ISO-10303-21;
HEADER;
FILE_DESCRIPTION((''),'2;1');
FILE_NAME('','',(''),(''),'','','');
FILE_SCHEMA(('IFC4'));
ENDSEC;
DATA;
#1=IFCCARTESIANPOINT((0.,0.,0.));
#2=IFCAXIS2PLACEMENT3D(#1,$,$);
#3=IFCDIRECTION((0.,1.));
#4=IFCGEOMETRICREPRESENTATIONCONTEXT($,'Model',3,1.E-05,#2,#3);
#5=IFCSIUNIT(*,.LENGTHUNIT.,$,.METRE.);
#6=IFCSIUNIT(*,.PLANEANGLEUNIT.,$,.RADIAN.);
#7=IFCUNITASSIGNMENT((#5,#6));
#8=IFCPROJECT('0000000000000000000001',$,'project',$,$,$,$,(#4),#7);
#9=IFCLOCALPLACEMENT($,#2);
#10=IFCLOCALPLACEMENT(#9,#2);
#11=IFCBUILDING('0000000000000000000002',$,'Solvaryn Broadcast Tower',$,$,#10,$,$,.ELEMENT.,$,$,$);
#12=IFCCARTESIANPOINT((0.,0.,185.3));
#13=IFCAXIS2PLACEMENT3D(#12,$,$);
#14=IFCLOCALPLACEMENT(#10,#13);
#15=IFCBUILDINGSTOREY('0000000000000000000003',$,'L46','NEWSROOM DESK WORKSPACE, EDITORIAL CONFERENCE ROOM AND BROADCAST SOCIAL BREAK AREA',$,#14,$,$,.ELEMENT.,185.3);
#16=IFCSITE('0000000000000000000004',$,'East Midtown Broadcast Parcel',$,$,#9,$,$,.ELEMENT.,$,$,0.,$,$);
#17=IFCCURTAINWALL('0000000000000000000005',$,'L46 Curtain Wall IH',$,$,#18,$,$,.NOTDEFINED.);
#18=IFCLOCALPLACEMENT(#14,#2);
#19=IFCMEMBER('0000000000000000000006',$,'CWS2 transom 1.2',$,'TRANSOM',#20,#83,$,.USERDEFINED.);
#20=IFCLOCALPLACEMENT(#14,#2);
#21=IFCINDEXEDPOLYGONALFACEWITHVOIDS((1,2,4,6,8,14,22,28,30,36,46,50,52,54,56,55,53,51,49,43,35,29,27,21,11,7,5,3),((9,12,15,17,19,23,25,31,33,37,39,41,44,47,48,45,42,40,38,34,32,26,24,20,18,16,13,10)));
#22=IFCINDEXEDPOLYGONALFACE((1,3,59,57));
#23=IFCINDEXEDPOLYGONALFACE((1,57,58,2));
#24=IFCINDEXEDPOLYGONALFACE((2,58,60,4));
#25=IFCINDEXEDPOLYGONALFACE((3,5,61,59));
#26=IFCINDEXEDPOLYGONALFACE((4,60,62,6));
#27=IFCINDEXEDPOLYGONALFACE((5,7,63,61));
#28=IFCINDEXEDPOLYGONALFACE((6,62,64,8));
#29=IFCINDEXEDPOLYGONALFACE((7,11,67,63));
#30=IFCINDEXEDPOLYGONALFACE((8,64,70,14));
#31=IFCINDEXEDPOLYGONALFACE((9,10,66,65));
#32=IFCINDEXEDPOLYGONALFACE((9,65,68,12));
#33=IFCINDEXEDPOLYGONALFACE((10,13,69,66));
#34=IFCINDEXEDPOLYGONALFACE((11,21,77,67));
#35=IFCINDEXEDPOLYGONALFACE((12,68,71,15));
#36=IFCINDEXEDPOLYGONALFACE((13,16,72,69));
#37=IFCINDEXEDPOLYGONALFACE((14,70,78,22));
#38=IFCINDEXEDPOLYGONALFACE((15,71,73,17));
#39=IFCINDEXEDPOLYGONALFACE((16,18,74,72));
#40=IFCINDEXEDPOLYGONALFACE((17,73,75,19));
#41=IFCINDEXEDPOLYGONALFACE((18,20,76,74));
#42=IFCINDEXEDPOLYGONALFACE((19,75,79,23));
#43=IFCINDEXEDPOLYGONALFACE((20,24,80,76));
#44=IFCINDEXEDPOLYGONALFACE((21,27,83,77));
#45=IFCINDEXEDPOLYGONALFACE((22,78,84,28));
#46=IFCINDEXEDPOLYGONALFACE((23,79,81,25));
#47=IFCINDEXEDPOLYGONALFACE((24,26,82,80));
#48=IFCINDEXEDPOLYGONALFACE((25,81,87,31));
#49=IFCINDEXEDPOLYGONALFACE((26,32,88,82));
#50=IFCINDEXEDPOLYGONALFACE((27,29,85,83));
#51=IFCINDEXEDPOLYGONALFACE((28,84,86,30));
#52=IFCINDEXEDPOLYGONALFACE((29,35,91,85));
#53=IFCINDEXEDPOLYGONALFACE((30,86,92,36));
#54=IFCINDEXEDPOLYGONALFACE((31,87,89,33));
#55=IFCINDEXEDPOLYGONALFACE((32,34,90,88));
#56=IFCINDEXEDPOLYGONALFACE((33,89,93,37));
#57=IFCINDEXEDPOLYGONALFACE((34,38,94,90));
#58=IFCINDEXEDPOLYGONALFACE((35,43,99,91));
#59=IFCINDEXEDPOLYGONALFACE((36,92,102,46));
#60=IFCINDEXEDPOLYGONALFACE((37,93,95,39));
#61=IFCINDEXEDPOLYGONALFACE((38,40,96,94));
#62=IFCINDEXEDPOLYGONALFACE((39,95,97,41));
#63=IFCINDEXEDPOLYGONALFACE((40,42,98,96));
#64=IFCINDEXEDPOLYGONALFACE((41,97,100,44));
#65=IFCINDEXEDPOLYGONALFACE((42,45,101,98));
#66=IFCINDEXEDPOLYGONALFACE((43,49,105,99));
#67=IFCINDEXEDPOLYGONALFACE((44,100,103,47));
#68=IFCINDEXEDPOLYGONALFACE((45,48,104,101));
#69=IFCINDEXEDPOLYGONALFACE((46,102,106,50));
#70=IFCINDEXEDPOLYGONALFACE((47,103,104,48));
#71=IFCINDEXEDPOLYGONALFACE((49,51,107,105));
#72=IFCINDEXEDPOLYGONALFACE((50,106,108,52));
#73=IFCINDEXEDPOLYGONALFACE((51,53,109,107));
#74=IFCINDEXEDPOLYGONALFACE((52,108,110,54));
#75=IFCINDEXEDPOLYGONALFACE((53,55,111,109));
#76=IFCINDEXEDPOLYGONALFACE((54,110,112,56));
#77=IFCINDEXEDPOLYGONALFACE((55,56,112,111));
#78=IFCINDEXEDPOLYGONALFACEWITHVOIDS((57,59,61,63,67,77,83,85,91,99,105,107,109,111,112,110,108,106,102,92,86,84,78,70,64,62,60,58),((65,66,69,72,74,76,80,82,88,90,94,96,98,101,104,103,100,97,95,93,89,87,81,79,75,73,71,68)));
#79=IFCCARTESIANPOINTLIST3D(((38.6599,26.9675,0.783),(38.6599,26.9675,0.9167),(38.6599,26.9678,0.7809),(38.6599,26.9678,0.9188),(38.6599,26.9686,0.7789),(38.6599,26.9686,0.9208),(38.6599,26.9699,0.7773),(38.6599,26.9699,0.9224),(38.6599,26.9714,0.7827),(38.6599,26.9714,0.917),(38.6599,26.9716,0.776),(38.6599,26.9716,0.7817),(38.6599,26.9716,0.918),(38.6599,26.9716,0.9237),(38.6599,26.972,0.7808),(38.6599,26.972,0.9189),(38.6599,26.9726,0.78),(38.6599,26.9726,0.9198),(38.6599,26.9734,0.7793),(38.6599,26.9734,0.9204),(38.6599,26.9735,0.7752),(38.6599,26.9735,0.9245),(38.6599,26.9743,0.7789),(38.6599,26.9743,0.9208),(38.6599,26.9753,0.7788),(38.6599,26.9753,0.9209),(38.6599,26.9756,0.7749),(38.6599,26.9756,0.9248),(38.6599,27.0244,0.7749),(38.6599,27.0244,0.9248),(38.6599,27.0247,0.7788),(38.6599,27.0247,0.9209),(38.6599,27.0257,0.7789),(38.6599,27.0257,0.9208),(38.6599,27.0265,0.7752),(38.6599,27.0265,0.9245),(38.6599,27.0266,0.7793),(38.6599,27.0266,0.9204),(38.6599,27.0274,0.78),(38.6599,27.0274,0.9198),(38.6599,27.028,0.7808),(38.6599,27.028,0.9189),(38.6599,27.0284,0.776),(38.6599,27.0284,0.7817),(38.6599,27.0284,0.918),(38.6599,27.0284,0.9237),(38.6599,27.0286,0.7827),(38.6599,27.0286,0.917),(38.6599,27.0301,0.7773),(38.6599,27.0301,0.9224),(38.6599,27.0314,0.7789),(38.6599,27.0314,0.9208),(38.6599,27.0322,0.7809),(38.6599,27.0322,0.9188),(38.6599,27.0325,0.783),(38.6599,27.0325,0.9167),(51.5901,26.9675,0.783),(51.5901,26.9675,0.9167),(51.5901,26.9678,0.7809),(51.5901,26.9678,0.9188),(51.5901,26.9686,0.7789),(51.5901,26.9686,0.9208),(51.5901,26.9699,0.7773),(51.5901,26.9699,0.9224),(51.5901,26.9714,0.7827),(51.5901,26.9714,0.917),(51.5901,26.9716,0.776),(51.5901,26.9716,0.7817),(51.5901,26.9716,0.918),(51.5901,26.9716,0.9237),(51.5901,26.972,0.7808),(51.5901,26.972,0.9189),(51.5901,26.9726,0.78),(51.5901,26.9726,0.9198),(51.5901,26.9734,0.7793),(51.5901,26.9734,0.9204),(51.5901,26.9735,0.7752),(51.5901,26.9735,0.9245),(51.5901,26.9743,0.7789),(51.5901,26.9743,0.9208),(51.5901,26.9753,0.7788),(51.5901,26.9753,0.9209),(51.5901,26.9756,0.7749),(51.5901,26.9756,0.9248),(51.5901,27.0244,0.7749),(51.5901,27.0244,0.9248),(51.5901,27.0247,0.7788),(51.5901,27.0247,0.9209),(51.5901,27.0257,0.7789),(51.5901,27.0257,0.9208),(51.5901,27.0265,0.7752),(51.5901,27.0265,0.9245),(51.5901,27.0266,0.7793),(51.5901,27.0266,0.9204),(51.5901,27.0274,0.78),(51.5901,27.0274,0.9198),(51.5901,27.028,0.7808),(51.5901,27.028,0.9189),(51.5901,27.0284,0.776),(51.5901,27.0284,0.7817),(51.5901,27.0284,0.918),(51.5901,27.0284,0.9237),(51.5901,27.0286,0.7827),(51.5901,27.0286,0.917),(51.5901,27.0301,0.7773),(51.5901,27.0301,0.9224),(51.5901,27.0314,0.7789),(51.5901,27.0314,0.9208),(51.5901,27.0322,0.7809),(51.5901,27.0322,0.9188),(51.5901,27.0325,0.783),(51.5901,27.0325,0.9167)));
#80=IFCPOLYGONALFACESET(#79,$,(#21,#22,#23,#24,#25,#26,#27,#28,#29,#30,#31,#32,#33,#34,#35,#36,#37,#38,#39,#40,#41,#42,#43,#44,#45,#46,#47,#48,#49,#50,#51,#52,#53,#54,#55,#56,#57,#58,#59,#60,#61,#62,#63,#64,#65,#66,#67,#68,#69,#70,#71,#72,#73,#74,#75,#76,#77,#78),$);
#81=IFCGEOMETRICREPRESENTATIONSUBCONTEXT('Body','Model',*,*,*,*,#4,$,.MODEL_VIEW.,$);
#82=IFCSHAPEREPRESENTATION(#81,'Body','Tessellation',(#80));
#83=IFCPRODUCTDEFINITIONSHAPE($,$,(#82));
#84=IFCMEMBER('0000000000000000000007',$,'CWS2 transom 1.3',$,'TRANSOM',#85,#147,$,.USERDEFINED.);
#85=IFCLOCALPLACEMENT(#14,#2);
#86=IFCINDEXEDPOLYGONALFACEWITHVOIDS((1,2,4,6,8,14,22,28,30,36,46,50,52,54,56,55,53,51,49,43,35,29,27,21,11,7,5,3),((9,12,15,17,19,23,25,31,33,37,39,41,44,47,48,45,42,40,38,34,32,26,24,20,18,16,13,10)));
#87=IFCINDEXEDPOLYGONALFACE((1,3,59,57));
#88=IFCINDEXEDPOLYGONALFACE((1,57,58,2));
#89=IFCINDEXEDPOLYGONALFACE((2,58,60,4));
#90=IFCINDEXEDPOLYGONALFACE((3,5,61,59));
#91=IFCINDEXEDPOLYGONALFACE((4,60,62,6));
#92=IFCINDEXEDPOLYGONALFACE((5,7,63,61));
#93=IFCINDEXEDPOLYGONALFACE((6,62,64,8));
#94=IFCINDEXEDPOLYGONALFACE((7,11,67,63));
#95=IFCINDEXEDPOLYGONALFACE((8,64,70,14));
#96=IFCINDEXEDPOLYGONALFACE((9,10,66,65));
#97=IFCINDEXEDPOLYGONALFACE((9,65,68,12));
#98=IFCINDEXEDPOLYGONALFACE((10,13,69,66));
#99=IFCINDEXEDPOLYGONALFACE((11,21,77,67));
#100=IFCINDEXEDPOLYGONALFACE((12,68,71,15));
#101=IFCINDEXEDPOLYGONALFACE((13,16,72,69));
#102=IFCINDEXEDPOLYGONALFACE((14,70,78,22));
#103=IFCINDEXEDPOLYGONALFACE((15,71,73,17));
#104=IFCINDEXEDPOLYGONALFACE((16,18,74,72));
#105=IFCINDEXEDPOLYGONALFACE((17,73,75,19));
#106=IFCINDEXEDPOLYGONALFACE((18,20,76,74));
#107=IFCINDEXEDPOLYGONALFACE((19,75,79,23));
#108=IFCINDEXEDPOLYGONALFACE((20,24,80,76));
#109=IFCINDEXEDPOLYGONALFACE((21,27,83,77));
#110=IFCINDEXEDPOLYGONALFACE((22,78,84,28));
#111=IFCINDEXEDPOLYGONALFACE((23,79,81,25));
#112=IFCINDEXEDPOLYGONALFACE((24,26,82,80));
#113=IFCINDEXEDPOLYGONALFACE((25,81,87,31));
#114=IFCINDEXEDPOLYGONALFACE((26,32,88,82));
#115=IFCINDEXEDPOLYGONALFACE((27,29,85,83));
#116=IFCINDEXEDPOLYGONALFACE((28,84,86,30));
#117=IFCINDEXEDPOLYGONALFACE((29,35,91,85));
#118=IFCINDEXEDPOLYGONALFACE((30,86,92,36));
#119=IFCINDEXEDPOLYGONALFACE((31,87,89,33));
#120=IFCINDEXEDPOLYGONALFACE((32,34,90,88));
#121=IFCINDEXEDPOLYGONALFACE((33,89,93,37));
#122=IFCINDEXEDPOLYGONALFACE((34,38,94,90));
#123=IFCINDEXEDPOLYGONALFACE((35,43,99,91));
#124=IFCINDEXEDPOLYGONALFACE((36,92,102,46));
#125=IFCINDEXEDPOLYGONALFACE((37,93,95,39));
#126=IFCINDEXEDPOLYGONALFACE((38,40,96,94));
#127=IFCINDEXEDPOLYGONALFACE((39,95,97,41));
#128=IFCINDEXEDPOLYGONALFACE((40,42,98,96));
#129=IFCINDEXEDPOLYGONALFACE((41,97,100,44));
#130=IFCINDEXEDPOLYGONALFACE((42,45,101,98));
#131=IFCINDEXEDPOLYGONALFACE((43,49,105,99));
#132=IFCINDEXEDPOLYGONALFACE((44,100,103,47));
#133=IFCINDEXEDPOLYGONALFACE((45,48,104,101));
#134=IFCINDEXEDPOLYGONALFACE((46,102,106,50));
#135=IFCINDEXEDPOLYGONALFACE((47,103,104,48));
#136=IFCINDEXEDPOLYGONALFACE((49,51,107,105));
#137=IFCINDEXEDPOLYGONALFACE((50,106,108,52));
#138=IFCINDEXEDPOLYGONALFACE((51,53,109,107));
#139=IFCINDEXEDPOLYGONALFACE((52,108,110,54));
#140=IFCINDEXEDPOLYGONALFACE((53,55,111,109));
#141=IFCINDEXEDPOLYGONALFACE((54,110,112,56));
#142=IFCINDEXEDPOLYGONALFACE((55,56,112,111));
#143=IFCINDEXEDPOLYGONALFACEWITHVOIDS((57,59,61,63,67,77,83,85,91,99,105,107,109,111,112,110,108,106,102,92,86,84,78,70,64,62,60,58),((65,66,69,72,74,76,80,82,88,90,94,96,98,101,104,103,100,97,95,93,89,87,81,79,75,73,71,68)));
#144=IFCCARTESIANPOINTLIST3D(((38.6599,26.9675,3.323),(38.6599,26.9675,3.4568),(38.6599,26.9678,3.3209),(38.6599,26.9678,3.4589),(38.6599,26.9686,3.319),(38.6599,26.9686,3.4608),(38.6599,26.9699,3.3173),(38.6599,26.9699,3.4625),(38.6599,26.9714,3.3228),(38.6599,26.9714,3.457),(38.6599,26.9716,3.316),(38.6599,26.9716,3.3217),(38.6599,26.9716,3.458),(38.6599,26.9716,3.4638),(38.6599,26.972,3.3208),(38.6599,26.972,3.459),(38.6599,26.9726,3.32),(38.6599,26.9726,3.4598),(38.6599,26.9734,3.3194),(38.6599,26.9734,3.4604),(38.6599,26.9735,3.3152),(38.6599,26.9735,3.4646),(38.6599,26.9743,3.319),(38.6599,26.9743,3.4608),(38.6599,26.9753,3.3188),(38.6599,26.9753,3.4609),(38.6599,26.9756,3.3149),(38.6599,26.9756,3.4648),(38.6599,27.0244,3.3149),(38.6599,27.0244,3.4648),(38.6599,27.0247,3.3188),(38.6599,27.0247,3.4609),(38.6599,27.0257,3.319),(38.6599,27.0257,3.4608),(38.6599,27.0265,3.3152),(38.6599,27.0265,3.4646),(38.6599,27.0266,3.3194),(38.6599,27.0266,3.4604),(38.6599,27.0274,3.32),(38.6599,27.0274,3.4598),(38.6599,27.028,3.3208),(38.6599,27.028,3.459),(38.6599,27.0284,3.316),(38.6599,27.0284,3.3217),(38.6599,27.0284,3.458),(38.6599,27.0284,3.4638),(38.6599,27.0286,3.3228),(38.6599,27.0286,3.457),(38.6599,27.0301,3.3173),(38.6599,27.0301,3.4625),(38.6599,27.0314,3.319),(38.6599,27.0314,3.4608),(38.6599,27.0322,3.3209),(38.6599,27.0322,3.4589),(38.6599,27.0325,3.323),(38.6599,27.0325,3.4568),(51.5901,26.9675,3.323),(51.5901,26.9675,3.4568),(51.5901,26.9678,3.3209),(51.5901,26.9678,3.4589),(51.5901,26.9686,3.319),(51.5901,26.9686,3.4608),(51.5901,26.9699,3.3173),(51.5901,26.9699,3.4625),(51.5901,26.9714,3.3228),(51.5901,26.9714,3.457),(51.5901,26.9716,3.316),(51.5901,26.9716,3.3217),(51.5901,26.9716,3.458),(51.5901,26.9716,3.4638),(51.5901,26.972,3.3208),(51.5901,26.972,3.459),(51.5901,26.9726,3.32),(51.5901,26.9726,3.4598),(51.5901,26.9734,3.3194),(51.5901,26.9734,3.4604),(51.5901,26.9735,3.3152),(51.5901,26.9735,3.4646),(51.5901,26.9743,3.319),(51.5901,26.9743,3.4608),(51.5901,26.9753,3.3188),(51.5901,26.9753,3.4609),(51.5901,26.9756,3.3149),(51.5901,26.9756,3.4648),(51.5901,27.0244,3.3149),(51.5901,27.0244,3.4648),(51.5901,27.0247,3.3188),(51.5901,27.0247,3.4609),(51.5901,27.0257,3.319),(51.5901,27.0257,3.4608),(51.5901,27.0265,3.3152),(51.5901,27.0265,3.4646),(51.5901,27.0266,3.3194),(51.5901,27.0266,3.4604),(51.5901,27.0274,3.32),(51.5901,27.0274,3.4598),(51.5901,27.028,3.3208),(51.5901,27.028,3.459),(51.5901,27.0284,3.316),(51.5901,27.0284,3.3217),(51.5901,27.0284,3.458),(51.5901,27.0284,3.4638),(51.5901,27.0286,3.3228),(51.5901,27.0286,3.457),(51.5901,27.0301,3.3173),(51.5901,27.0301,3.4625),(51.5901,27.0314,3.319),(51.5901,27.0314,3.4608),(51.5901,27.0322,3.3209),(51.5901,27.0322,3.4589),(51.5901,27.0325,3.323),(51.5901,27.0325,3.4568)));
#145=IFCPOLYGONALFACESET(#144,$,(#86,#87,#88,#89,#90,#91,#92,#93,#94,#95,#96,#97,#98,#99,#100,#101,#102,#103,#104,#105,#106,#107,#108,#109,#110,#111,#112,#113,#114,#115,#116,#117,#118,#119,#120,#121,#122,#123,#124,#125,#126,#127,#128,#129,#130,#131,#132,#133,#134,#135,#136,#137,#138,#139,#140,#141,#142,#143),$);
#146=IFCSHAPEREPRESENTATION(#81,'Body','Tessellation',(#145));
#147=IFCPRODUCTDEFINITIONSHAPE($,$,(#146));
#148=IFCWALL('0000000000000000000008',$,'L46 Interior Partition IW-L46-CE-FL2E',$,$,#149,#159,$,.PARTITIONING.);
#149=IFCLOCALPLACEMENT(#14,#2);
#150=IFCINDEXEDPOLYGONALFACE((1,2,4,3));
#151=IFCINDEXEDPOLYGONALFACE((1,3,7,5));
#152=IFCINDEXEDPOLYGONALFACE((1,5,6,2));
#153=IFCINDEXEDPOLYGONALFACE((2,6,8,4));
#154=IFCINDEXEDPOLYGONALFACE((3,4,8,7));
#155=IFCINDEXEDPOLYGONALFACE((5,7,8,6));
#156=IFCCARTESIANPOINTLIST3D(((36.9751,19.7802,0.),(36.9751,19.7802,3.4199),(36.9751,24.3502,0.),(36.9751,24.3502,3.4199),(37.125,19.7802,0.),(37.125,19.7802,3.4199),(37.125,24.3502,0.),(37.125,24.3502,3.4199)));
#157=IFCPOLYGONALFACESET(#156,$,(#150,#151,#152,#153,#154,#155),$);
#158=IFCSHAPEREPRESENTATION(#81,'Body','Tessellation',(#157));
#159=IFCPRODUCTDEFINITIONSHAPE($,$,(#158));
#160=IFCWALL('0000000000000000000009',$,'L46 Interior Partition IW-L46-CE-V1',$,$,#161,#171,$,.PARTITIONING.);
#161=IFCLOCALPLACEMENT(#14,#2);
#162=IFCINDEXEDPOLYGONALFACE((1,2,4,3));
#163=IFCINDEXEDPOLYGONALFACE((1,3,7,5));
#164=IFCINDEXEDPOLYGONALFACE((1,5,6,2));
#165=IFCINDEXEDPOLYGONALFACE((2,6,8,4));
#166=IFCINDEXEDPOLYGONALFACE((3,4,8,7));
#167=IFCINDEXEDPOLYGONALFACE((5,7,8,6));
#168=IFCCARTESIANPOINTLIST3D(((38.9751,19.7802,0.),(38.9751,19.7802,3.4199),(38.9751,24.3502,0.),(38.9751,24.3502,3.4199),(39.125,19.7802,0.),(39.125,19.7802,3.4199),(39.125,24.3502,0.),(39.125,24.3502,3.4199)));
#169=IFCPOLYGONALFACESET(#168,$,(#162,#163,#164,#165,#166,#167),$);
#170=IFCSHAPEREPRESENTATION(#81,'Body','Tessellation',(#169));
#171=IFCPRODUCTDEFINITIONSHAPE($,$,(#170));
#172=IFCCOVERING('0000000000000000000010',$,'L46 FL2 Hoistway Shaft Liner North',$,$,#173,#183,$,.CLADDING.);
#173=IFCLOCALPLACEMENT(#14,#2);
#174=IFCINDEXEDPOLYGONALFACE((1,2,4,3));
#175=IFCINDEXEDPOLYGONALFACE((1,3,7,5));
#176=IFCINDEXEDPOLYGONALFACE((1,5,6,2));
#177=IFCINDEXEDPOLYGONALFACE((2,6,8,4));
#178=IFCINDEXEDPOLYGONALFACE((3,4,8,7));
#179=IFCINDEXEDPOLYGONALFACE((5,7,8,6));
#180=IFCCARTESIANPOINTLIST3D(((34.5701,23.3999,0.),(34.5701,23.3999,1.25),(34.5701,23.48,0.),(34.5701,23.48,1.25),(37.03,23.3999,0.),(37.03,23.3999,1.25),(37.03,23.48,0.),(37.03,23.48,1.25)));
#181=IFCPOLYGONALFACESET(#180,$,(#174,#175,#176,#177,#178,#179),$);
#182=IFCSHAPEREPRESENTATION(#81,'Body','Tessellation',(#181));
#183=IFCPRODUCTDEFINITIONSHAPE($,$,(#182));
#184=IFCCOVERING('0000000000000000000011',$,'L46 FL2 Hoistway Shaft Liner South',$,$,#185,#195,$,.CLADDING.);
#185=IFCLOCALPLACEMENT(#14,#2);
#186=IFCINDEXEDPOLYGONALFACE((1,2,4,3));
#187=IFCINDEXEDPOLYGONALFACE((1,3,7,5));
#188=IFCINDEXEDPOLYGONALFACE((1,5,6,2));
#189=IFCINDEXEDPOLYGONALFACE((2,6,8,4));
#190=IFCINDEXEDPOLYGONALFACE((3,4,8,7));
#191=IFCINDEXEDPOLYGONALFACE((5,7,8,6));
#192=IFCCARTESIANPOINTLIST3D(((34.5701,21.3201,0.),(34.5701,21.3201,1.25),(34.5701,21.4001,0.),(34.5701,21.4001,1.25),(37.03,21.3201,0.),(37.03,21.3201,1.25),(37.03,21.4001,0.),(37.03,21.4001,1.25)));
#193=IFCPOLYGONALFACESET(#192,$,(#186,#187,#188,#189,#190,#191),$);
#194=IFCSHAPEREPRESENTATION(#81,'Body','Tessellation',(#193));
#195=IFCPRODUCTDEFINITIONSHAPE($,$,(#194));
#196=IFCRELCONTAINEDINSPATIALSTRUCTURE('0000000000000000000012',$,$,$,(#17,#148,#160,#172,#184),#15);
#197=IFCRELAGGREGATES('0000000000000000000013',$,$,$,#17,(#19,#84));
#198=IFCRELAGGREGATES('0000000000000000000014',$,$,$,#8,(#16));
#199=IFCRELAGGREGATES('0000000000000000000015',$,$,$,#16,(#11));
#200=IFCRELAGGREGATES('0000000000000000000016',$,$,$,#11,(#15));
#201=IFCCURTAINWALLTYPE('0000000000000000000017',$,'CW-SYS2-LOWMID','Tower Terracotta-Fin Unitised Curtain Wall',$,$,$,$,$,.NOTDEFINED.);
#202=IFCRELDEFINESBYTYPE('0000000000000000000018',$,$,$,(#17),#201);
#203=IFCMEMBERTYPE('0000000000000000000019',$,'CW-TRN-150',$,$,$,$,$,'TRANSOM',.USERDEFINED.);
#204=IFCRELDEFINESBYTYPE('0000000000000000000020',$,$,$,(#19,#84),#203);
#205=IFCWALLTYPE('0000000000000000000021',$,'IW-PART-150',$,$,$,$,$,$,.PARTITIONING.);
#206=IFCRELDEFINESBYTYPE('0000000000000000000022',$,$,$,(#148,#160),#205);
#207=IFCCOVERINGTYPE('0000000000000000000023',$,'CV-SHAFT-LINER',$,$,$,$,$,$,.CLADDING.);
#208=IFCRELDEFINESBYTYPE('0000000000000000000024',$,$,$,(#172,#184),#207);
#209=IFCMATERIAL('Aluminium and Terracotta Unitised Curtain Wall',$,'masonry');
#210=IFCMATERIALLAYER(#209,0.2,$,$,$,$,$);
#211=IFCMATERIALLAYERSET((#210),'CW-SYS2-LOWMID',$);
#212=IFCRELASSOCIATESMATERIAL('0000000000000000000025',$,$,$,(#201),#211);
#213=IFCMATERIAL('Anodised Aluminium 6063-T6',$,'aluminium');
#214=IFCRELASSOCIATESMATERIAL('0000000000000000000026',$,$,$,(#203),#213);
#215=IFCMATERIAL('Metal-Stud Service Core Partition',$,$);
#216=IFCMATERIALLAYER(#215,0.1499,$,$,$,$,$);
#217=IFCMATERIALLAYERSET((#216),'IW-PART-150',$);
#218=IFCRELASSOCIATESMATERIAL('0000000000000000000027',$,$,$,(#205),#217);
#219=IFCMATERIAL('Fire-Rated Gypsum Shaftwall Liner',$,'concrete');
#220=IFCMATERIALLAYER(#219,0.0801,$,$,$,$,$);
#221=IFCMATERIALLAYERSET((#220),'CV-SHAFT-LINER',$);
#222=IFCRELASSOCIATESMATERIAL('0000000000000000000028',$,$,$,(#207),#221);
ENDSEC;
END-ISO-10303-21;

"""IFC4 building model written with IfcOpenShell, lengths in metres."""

from ifc_helpers import new_model, si_unit, direction, frame, frame_2d, origin, origin_2d, place, context, subcontext, project, spatial, rectangle, hollow_rectangle, extrude, material, layer, layer_set, material_profile, profile_set, type_object, element, aggregate, save


model = new_model("IFC4")

# Units and contexts
model_context = context("Model", 3, precision=1e-05, world=origin(), true_north=direction((0.0, 1.0)))
body_context = subcontext(model_context, "Body", "Model", "MODEL_VIEW")
ifc_project = project(units=[si_unit("LENGTHUNIT", "METRE"), si_unit("PLANEANGLEUNIT", "RADIAN")], contexts=[model_context])

# Site, building, storey
site_placement = place(None, origin())
site = spatial("IfcSite", under=ifc_project, at=site_placement, Name="East Midtown Broadcast Parcel", CompositionType="ELEMENT", RefElevation=0.0)
building_placement = place(site_placement, origin())
building = spatial("IfcBuilding", under=site, at=building_placement, Name="Solvaryn Broadcast Tower", CompositionType="ELEMENT")
storey_placement = place(building_placement, frame((0.0, 0.0, 185.3)))
storey = spatial("IfcBuildingStorey", under=building, at=storey_placement, Name="L46", Description="NEWSROOM DESK WORKSPACE, EDITORIAL CONFERENCE ROOM AND BROADCAST SOCIAL BREAK AREA", CompositionType="ELEMENT", Elevation=185.3)

# Curtain wall
ifc_material_1 = material(Name="Aluminium and Terracotta Unitised Curtain Wall", Category="masonry")
ifc_layer_1 = layer(ifc_material_1, 0.2)
ifc_layer_set_1 = layer_set([ifc_layer_1], Name="CW-SYS2-LOWMID")
curtain_wall_type = type_object("IfcCurtainWallType", Name="CW-SYS2-LOWMID", Description="Tower Terracotta-Fin Unitised Curtain Wall", PredefinedType="NOTDEFINED", material=ifc_layer_set_1)
curtain_wall_1_placement = place(storey_placement, origin())
curtain_wall_1 = element("IfcCurtainWall", 1, at=curtain_wall_1_placement, inside=storey, type_object=curtain_wall_type, Name="L46 Curtain Wall IH", PredefinedType="NOTDEFINED")

# Members
ifc_material_2 = material(Name="Anodised Aluminium 6063-T6", Category="aluminium")
ifc_material_profile_1 = material_profile(ifc_material_2, hollow_rectangle(XDim=0.0649, YDim=0.1499, WallThickness=0.0039, InnerFilletRadius=0.0039, OuterFilletRadius=0.0081, at=origin_2d()))
ifc_profile_set_1 = profile_set([ifc_material_profile_1], Name="Anodised Aluminium 6063-T6")
member_type_1 = type_object("IfcMemberType", Name="CW-TRN-150", ElementType="TRANSOM", PredefinedType="USERDEFINED", material=ifc_profile_set_1)
member_1_placement = place(storey_placement, frame((38.6599, 27.0, 0.8499), z_axis=(1.0, 0.0, 0.0), x_axis=(0.0, 1.0, 0.0)))
member_1 = element("IfcMember", 2, at=member_1_placement, type_object=member_type_1, Name="CWS2 transom 1.2", ObjectType="TRANSOM", PredefinedType="USERDEFINED", context=body_context, shape_type="SweptSolid", body=[
    extrude(hollow_rectangle(XDim=0.0649, YDim=0.1499, WallThickness=0.0039, InnerFilletRadius=0.0039, OuterFilletRadius=0.0081, at=origin_2d()), origin(), (0.0, 0.0, 1.0), 12.9302),
])
member_2_placement = place(storey_placement, frame((38.6599, 27.0, 3.3899), z_axis=(1.0, 0.0, 0.0), x_axis=(0.0, 1.0, 0.0)))
member_2 = element("IfcMember", 3, at=member_2_placement, type_object=member_type_1, Name="CWS2 transom 1.3", ObjectType="TRANSOM", PredefinedType="USERDEFINED", context=body_context, shape_type="SweptSolid", body=[
    extrude(hollow_rectangle(XDim=0.0649, YDim=0.1499, WallThickness=0.0039, InnerFilletRadius=0.0039, OuterFilletRadius=0.0081, at=origin_2d()), origin(), (0.0, 0.0, 1.0), 12.9302),
])
aggregate(curtain_wall_1, [member_1, member_2])

# Walls
ifc_material_3 = material(Name="Metal-Stud Service Core Partition")
ifc_layer_2 = layer(ifc_material_3, 0.1499)
ifc_layer_set_2 = layer_set([ifc_layer_2], Name="IW-PART-150")
wall_type = type_object("IfcWallType", Name="IW-PART-150", PredefinedType="PARTITIONING", material=ifc_layer_set_2)
for number, where, z_axis, x_axis, name in (
    (4, (37.05, 19.78, 0.0), (0.0, 0.0, 1.0), (0.0, 1.0, 0.0), "L46 Interior Partition IW-L46-CE-FL2E"),
    (5, (39.05, 19.78, 0.0), (0.0, 0.0, 1.0), (0.0, 1.0, 0.0), "L46 Interior Partition IW-L46-CE-V1"),
):
    element("IfcWall", number, at=place(storey_placement, frame(where, z_axis=z_axis, x_axis=x_axis)), inside=storey, type_object=wall_type, Name=name, PredefinedType="PARTITIONING", context=body_context, shape_type="SweptSolid", body=[
        extrude(rectangle(XDim=4.5701, YDim=0.1499, at=frame_2d((2.2852, 0.0))), origin(), (0.0, 0.0, 1.0), 3.4199),
    ])

# Coverings
ifc_material_4 = material(Name="Fire-Rated Gypsum Shaftwall Liner", Category="concrete")
ifc_layer_3 = layer(ifc_material_4, 0.0801)
ifc_layer_set_3 = layer_set([ifc_layer_3], Name="CV-SHAFT-LINER")
covering_type_1 = type_object("IfcCoveringType", Name="CV-SHAFT-LINER", PredefinedType="CLADDING", material=ifc_layer_set_3)
for number, where, z_axis, x_axis, name in (
    (6, (35.8, 23.4399, 0.0), (0.0, 0.0, 1.0), (1.0, 0.0, 0.0), "L46 FL2 Hoistway Shaft Liner North"),
    (7, (35.8, 21.3601, 0.0), (0.0, 0.0, 1.0), (1.0, 0.0, 0.0), "L46 FL2 Hoistway Shaft Liner South"),
):
    element("IfcCovering", number, at=place(storey_placement, frame(where, z_axis=z_axis, x_axis=x_axis)), inside=storey, type_object=covering_type_1, Name=name, PredefinedType="CLADDING", context=body_context, shape_type="SweptSolid", body=[
        extrude(rectangle(XDim=2.46, YDim=0.0801, at=origin_2d()), origin(), (0.0, 0.0, 1.0), 1.25),
    ])

save(model, "model.ifc")
